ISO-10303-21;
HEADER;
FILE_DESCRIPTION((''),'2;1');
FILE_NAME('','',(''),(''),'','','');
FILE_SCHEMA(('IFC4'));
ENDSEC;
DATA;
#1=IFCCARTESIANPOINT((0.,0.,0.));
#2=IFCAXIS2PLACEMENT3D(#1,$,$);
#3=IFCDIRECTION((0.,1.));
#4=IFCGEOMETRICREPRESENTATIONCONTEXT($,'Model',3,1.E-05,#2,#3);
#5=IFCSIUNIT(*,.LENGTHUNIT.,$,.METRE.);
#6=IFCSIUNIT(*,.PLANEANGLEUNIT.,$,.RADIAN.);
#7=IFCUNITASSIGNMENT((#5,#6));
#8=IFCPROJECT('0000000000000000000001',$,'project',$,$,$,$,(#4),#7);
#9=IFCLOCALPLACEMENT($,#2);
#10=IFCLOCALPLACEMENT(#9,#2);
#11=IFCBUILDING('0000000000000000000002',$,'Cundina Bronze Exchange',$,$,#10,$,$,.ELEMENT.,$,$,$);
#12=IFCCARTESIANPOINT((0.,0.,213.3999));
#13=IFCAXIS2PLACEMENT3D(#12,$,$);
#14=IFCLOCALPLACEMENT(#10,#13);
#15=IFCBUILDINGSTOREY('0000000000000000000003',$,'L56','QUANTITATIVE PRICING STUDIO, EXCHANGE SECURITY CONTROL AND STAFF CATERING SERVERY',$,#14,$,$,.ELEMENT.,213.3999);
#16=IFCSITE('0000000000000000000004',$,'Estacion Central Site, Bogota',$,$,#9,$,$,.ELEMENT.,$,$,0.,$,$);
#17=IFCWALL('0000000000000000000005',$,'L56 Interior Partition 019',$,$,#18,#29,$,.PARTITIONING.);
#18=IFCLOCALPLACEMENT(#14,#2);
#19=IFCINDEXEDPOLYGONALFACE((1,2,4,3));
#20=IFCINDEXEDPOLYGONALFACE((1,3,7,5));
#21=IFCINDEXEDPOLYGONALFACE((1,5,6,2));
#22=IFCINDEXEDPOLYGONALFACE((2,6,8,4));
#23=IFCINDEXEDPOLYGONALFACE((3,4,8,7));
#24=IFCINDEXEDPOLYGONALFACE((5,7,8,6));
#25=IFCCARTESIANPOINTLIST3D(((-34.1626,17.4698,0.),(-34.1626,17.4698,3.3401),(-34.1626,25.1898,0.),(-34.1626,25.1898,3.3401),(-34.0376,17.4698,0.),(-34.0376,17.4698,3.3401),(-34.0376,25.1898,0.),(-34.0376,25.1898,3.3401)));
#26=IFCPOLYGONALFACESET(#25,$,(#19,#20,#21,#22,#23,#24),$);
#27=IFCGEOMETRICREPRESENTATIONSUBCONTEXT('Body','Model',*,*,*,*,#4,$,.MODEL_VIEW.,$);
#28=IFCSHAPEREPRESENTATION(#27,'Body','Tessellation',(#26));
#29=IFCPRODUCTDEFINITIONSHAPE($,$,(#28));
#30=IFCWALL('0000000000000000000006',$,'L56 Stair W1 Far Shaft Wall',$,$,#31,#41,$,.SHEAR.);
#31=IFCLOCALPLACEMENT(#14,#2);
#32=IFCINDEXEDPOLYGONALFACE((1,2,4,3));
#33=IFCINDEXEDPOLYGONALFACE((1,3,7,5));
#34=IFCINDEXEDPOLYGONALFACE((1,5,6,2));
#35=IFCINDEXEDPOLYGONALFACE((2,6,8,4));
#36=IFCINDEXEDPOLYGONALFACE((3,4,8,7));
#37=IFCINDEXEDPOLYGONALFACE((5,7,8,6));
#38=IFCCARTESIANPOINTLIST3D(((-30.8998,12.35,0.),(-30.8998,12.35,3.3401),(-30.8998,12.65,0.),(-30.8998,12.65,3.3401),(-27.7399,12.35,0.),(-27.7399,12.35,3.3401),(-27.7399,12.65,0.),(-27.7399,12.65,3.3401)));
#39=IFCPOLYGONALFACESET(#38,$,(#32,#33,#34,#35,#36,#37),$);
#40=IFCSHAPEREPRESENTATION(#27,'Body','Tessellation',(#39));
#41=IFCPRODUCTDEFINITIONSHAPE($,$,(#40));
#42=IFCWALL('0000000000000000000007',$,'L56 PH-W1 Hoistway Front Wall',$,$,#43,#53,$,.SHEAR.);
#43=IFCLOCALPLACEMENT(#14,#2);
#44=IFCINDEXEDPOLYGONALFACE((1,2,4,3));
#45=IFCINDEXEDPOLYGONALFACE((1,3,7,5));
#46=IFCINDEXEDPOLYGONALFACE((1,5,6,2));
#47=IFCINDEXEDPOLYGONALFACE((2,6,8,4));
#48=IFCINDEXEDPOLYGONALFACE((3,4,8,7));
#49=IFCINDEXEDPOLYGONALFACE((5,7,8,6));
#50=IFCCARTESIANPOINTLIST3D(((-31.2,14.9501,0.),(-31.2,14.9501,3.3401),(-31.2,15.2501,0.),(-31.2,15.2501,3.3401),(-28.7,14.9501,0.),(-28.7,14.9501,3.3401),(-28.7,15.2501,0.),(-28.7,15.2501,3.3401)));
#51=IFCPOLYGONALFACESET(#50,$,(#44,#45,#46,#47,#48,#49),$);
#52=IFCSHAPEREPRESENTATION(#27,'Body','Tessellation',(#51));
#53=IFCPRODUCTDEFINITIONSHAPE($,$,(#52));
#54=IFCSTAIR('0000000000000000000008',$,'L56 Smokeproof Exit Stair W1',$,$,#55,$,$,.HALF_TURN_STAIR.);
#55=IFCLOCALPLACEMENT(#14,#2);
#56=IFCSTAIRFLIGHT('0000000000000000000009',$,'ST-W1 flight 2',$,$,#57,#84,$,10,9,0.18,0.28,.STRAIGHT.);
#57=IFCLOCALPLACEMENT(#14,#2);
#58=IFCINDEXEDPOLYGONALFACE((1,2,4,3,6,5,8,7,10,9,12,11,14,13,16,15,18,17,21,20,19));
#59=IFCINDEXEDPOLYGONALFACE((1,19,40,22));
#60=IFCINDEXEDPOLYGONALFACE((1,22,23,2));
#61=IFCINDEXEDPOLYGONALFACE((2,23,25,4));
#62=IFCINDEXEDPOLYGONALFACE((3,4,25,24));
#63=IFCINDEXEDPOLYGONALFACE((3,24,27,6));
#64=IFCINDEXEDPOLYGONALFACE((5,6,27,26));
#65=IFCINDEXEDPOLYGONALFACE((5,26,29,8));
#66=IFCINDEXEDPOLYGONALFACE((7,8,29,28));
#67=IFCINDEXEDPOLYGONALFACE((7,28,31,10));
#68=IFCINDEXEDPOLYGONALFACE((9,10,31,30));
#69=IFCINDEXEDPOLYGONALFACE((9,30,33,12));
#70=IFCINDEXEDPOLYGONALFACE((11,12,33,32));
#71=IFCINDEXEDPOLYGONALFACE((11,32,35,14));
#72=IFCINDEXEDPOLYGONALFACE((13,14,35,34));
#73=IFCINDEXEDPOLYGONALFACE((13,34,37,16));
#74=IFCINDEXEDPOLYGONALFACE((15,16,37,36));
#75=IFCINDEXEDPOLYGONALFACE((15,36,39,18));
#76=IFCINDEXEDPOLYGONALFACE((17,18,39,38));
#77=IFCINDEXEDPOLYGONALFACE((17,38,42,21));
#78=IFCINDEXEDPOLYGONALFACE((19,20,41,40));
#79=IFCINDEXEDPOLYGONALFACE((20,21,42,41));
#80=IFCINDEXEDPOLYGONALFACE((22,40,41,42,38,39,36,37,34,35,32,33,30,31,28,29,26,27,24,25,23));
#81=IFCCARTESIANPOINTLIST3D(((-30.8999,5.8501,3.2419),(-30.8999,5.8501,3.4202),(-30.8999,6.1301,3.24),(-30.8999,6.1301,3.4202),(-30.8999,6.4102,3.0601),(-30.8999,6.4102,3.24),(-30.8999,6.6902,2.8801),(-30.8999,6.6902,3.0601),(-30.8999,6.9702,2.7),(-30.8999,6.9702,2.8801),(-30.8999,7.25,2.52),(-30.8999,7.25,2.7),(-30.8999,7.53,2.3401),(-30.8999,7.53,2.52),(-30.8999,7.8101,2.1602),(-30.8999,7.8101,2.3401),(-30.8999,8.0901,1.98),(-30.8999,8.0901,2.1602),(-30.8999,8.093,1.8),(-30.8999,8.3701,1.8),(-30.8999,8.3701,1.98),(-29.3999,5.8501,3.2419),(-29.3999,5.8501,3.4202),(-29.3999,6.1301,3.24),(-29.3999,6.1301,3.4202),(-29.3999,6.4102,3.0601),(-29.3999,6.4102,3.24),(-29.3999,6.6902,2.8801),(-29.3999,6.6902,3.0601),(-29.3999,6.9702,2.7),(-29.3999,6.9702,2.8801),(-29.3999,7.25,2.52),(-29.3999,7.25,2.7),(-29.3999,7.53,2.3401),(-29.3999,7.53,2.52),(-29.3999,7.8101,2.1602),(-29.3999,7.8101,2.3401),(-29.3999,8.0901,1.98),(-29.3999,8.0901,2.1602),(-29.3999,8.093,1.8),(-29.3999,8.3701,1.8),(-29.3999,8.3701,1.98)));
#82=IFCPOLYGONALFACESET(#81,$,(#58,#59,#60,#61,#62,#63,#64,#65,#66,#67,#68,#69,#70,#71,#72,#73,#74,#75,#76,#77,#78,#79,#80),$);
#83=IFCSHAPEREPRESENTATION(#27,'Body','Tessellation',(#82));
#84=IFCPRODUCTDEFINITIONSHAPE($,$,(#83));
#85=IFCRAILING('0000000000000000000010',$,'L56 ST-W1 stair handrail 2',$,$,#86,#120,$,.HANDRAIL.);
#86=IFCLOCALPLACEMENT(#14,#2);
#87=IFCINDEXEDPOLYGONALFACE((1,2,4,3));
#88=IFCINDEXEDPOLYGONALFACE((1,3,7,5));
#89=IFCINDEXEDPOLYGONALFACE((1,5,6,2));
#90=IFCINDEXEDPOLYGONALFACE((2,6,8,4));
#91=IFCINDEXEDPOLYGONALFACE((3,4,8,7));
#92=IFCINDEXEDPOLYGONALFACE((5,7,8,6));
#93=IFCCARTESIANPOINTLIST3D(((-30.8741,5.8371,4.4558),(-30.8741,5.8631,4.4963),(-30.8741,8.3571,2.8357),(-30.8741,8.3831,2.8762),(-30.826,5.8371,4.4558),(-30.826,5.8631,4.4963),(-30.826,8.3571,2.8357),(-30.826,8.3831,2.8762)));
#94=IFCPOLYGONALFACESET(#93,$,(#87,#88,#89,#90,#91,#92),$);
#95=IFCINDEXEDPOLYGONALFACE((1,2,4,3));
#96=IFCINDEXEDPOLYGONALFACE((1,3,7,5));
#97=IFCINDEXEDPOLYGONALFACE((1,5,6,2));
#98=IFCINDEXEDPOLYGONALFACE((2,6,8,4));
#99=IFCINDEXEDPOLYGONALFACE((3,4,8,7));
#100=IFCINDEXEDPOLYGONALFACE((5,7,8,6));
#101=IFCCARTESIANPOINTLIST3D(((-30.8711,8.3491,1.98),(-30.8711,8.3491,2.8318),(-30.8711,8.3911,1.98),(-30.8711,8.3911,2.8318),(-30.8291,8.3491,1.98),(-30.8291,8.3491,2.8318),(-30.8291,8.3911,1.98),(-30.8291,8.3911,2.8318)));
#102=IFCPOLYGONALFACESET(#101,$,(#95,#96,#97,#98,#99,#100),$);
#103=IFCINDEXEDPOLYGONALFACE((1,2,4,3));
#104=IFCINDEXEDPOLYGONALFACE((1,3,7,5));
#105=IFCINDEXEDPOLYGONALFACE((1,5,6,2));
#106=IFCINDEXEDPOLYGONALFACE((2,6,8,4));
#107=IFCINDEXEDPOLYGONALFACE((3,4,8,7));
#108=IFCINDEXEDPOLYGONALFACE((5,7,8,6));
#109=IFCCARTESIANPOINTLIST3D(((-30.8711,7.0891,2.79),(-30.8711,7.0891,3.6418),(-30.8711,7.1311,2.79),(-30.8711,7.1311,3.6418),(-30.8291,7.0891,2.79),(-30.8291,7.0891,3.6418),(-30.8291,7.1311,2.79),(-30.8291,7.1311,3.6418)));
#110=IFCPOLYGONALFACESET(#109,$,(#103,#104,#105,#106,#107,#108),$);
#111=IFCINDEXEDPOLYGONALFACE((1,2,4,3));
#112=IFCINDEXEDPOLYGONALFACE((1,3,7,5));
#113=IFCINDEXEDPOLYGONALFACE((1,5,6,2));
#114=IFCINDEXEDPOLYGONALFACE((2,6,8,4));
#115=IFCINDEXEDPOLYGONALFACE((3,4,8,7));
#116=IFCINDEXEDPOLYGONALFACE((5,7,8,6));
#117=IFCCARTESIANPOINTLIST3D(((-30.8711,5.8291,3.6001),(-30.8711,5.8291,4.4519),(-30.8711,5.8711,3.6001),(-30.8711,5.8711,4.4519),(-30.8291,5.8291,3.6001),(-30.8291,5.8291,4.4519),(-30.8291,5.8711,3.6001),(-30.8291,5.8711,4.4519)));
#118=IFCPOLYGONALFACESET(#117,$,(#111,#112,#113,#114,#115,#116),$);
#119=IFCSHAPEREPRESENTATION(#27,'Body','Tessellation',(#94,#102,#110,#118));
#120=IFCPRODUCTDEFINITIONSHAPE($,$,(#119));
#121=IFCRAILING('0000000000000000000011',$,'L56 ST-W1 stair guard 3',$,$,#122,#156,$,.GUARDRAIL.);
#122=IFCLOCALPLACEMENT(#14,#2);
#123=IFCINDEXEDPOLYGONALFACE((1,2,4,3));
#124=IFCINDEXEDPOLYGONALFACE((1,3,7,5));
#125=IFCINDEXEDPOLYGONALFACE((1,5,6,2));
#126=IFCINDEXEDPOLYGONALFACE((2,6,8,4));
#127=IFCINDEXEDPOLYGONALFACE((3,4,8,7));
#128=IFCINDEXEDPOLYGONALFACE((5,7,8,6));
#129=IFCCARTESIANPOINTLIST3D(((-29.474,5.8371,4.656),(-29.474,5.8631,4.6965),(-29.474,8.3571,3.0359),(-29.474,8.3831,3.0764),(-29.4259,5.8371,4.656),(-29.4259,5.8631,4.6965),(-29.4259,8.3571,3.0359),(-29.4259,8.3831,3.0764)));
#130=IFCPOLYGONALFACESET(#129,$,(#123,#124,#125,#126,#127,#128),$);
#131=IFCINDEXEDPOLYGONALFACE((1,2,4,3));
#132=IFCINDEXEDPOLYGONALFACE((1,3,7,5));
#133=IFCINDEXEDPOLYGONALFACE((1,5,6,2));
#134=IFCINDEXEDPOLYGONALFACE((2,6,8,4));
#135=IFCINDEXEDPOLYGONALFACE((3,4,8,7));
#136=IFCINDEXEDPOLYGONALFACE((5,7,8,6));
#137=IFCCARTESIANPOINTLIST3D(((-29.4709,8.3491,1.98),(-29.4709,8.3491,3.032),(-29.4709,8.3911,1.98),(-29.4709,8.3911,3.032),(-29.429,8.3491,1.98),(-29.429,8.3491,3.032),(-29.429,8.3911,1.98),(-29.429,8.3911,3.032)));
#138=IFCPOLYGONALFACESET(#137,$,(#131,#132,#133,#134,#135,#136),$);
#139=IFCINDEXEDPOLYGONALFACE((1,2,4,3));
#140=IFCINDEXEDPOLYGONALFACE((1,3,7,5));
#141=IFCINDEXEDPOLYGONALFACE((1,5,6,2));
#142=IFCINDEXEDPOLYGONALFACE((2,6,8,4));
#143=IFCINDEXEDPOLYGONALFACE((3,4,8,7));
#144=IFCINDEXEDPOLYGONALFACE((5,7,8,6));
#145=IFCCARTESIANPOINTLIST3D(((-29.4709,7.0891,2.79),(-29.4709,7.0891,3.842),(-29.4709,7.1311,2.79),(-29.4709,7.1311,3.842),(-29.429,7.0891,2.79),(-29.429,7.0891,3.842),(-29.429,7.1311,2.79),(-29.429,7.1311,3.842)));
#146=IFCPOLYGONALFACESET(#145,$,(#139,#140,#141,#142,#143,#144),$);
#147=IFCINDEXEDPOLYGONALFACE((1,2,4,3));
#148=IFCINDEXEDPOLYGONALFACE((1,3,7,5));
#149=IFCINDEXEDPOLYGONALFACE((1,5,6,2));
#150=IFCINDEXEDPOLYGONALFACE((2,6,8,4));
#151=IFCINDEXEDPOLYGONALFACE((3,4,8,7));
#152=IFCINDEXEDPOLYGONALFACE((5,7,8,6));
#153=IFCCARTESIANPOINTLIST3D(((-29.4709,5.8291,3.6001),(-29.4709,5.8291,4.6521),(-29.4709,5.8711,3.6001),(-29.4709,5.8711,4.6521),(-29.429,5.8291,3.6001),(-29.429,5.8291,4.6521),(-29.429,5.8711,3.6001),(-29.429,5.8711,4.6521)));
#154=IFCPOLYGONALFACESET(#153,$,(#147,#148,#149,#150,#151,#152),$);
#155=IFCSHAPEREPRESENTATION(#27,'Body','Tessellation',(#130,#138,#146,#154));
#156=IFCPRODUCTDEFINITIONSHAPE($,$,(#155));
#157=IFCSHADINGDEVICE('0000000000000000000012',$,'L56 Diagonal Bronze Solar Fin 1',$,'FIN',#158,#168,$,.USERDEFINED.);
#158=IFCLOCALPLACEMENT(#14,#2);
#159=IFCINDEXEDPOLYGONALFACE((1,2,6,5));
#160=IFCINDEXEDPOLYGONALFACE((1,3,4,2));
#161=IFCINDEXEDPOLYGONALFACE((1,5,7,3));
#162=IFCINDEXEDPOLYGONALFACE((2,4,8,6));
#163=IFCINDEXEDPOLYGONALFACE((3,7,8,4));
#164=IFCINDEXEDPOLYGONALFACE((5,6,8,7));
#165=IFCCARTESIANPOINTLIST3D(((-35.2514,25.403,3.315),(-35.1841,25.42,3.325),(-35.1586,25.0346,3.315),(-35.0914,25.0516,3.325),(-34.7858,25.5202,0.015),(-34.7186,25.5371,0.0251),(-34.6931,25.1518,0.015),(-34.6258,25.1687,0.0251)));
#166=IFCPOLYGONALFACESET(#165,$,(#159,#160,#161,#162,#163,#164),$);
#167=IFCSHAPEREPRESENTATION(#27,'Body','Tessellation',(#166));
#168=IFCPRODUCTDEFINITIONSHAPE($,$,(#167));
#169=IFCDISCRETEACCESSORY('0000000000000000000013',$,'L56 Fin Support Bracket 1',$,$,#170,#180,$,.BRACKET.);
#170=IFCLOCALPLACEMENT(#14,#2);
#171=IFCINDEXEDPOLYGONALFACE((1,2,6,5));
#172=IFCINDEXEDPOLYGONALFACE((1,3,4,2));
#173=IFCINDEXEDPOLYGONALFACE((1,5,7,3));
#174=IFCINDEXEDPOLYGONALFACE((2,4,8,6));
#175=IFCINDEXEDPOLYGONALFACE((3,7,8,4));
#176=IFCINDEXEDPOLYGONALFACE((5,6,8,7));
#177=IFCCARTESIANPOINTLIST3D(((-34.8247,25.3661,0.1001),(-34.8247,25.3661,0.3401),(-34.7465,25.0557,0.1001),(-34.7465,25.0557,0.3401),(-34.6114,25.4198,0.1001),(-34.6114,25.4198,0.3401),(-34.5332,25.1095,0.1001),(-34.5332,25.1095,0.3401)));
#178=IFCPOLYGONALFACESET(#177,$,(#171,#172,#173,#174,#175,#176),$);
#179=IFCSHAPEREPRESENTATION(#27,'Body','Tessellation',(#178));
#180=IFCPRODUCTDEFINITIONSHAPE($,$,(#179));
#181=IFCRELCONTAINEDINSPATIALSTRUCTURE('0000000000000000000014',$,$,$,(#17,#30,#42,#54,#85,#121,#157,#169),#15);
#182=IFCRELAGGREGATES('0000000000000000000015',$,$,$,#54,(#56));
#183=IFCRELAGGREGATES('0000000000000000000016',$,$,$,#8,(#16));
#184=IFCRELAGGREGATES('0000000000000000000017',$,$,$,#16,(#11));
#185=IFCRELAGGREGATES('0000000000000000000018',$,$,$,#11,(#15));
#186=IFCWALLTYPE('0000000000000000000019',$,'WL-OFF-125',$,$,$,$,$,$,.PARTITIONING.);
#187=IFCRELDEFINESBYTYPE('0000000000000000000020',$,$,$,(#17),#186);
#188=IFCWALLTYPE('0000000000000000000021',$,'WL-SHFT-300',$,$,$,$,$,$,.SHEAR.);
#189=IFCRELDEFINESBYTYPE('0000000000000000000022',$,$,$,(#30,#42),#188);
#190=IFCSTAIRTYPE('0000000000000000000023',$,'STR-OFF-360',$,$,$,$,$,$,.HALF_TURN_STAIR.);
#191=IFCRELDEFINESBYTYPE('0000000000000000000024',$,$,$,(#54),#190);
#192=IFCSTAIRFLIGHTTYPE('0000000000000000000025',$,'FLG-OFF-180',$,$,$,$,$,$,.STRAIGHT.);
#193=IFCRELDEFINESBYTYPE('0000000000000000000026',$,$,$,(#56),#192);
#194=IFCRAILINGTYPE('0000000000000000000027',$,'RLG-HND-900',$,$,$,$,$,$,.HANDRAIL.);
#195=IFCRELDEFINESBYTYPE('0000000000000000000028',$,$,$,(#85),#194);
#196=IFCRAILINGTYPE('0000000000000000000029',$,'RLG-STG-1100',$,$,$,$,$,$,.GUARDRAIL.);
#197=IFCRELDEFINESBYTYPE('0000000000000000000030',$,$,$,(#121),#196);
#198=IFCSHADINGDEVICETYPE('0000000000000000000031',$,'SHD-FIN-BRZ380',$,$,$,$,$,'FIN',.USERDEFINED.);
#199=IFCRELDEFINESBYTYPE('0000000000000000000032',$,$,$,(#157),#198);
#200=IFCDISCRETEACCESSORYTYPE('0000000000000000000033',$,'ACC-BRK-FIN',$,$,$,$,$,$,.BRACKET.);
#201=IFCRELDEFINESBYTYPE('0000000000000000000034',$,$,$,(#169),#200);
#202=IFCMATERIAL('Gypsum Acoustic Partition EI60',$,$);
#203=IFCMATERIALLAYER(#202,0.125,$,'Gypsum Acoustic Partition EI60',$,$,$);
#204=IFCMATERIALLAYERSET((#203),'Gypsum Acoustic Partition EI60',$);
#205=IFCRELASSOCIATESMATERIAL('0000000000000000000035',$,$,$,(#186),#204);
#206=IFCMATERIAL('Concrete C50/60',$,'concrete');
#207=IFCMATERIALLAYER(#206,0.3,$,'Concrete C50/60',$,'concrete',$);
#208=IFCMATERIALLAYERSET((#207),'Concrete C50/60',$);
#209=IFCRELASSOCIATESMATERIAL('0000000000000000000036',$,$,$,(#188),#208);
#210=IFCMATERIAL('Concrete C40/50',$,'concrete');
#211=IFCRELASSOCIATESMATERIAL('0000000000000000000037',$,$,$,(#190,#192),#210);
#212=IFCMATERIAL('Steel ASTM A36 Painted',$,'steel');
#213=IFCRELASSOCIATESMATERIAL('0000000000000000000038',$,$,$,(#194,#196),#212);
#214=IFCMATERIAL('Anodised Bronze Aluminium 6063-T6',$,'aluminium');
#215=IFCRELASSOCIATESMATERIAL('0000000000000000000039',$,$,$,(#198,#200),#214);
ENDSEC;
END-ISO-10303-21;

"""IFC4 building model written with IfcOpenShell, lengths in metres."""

from ifc_helpers import new_model, si_unit, direction, frame, frame_2d, origin, origin_2d, place, context, subcontext, project, spatial, polyline, rectangle, outline, extrude, material, layer, layer_set, material_profile, profile_set, type_object, element, aggregate, save


model = new_model("IFC4")

# Units and contexts
model_context = context("Model", 3, precision=1e-05, world=origin(), true_north=direction((0.0, 1.0)))
body_context = subcontext(model_context, "Body", "Model", "MODEL_VIEW")
ifc_project = project(units=[si_unit("LENGTHUNIT", "METRE"), si_unit("PLANEANGLEUNIT", "RADIAN")], contexts=[model_context])

# Site, building, storey
site_placement = place(None, origin())
site = spatial("IfcSite", under=ifc_project, at=site_placement, Name="Estacion Central Site, Bogota", CompositionType="ELEMENT", RefElevation=0.0)
building_placement = place(site_placement, origin())
building = spatial("IfcBuilding", under=site, at=building_placement, Name="Cundina Bronze Exchange", CompositionType="ELEMENT")
storey_placement = place(building_placement, frame((0.0, 0.0, 213.3999)))
storey = spatial("IfcBuildingStorey", under=building, at=storey_placement, Name="L56", Description="QUANTITATIVE PRICING STUDIO, EXCHANGE SECURITY CONTROL AND STAFF CATERING SERVERY", CompositionType="ELEMENT", Elevation=213.3999)

# Shared definitions
ifc_material_1 = material(Name="Concrete C50/60", Category="concrete")

# Shared definitions
ifc_material_2 = material(Name="Anodised Bronze Aluminium 6063-T6", Category="aluminium")

# Wall
ifc_material_3 = material(Name="Gypsum Acoustic Partition EI60")
ifc_layer_1 = layer(ifc_material_3, 0.125, Name="Gypsum Acoustic Partition EI60")
ifc_layer_set_1 = layer_set([ifc_layer_1], Name="Gypsum Acoustic Partition EI60")
wall_type_1 = type_object("IfcWallType", Name="WL-OFF-125", PredefinedType="PARTITIONING", material=ifc_layer_set_1)
wall_1_placement = place(storey_placement, frame((-34.1001, 17.47, 0.0), z_axis=(0.0, 0.0, 1.0), x_axis=(0.0, 1.0, 0.0)))
element("IfcWall", 1, at=wall_1_placement, inside=storey, type_object=wall_type_1, Name="L56 Interior Partition 019", PredefinedType="PARTITIONING", context=body_context, shape_type="SweptSolid", body=[
    extrude(rectangle(XDim=7.72, YDim=0.125, at=frame_2d((3.8599, 0.0))), origin(), (0.0, 0.0, 1.0), 3.3401),
])

# Shared definitions
ifc_layer_2 = layer(ifc_material_1, 0.3, Name="Concrete C50/60", Category="concrete")
ifc_layer_set_2 = layer_set([ifc_layer_2], Name="Concrete C50/60")
wall_type_2 = type_object("IfcWallType", Name="WL-SHFT-300", PredefinedType="SHEAR", material=ifc_layer_set_2)
ifc_material_4 = material(Name="Steel ASTM A36 Painted", Category="steel")

# Walls
wall_2_placement = place(storey_placement, frame((-30.8999, 12.5, 0.0), z_axis=(0.0, 0.0, 1.0), x_axis=(1.0, 0.0, 0.0)))
element("IfcWall", 2, at=wall_2_placement, inside=storey, type_object=wall_type_2, Name="L56 Stair W1 Far Shaft Wall", PredefinedType="SHEAR", context=body_context, shape_type="SweptSolid", body=[
    extrude(rectangle(XDim=3.1599, YDim=0.3, at=frame_2d((1.5801, 0.0))), origin(), (0.0, 0.0, 1.0), 3.3401),
])
wall_3_placement = place(storey_placement, frame((-31.2, 15.1001, 0.0), z_axis=(0.0, 0.0, 1.0), x_axis=(1.0, 0.0, 0.0)))
element("IfcWall", 3, at=wall_3_placement, inside=storey, type_object=wall_type_2, Name="L56 PH-W1 Hoistway Front Wall", PredefinedType="SHEAR", context=body_context, shape_type="SweptSolid", body=[
    extrude(rectangle(XDim=2.5, YDim=0.3, at=frame_2d((1.25, 0.0))), origin(), (0.0, 0.0, 1.0), 3.3401),
])

# Stair, stair flight
ifc_material_5 = material(Name="Concrete C40/50", Category="concrete")
stair_type = type_object("IfcStairType", Name="STR-OFF-360", PredefinedType="HALF_TURN_STAIR", material=ifc_material_5)
stair_placement = place(storey_placement, origin())
stair = element("IfcStair", 4, at=stair_placement, inside=storey, type_object=stair_type, Name="L56 Smokeproof Exit Stair W1", PredefinedType="HALF_TURN_STAIR")
stair_flight_type = type_object("IfcStairFlightType", Name="FLG-OFF-180", PredefinedType="STRAIGHT", material=ifc_material_5)
stair_flight_placement = place(storey_placement, frame((-30.1499, 8.3701, 1.8), z_axis=(0.0, 0.0, 1.0), x_axis=(0.0, -1.0, 0.0)))
stair_flight = element("IfcStairFlight", 5, at=stair_flight_placement, type_object=stair_flight_type, Name="ST-W1 flight 2", NumberOfRisers=10, NumberOfTreads=9, PredefinedType="STRAIGHT", RiserHeight=0.18, TreadLength=0.28, context=body_context, shape_type="SweptSolid", body=[
    extrude(outline(polyline([(0.0, 0.0), (0.0, 0.1799), (0.28, 0.1799), (0.28, 0.3601), (0.5601, 0.3601), (0.5601, 0.54), (0.8401, 0.54), (0.8401, 0.72), (1.1201, 0.72), (1.1201, 0.8999), (1.3999, 0.8999), (1.3999, 1.0801), (1.6799, 1.0801), (1.6799, 1.26), (1.96, 1.26), (1.96, 1.4399), (2.24, 1.4399), (2.24, 1.6201), (2.52, 1.6201), (2.52, 1.8), (2.52, 1.4419), (0.2771, 0.0), (0.0, 0.0)])), frame((0.0, 0.75, 0.0), z_axis=(0.0, -1.0, 0.0), x_axis=(1.0, 0.0, 0.0)), (0.0, 0.0, 1.0), 1.5),
])
aggregate(stair, [stair_flight])

# Railings
railing_type_1 = type_object("IfcRailingType", Name="RLG-HND-900", PredefinedType="HANDRAIL", material=ifc_material_4)
railing_1_placement = place(storey_placement, frame((-30.8501, 8.3701, 1.98)))
element("IfcRailing", 6, at=railing_1_placement, inside=storey, type_object=railing_type_1, Name="L56 ST-W1 stair handrail 2", PredefinedType="HANDRAIL", context=body_context, shape_type="SweptSolid", body=[
    extrude(rectangle(XDim=0.0481, YDim=0.0481, at=origin_2d()), frame((0.0, 0.0, 0.876), z_axis=(0.0, -0.841163, 0.540782), x_axis=(1.0, 0.0, 0.0)), (0.0, 0.0, 1.0), 2.9958),
    extrude(rectangle(XDim=0.042, YDim=0.042, at=origin_2d()), origin(), (0.0, 0.0, 1.0), 0.8518),
    extrude(rectangle(XDim=0.042, YDim=0.042, at=origin_2d()), frame((0.0, -1.26, 0.8101)), (0.0, 0.0, 1.0), 0.8518),
    extrude(rectangle(XDim=0.042, YDim=0.042, at=origin_2d()), frame((0.0, -2.52, 1.6201)), (0.0, 0.0, 1.0), 0.8518),
])
railing_type_2 = type_object("IfcRailingType", Name="RLG-STG-1100", PredefinedType="GUARDRAIL", material=ifc_material_4)
railing_2_placement = place(storey_placement, frame((-29.45, 8.3701, 1.98)))
element("IfcRailing", 7, at=railing_2_placement, inside=storey, type_object=railing_type_2, Name="L56 ST-W1 stair guard 3", PredefinedType="GUARDRAIL", context=body_context, shape_type="SweptSolid", body=[
    extrude(rectangle(XDim=0.0481, YDim=0.0481, at=origin_2d()), frame((0.0, 0.0, 1.0762), z_axis=(0.0, -0.841163, 0.540782), x_axis=(1.0, 0.0, 0.0)), (0.0, 0.0, 1.0), 2.9958),
    extrude(rectangle(XDim=0.042, YDim=0.042, at=origin_2d()), origin(), (0.0, 0.0, 1.0), 1.052),
    extrude(rectangle(XDim=0.042, YDim=0.042, at=origin_2d()), frame((0.0, -1.26, 0.8101)), (0.0, 0.0, 1.0), 1.052),
    extrude(rectangle(XDim=0.042, YDim=0.042, at=origin_2d()), frame((0.0, -2.52, 1.6201)), (0.0, 0.0, 1.0), 1.052),
])

# Shading device
ifc_material_profile_1 = material_profile(ifc_material_2, rectangle(XDim=0.0701, YDim=0.3799, at=origin_2d()), Name="FIN70X380", Category="aluminium")
ifc_profile_set_1 = profile_set([ifc_material_profile_1], Name="Anodised Bronze Aluminium 6063-T6")
shading_device_type = type_object("IfcShadingDeviceType", Name="SHD-FIN-BRZ380", ElementType="FIN", PredefinedType="USERDEFINED", material=ifc_profile_set_1)
shading_device_placement = place(storey_placement, frame((-34.7058, 25.3445, 0.02), z_axis=(-0.139612, -0.035141, 0.989583), x_axis=(0.95965, 0.241548, 0.143967)))
element("IfcShadingDevice", 8, at=shading_device_placement, inside=storey, type_object=shading_device_type, Name="L56 Diagonal Bronze Solar Fin 1", ObjectType="FIN", PredefinedType="USERDEFINED", context=body_context, shape_type="SweptSolid", body=[
    extrude(rectangle(XDim=0.0701, YDim=0.3799, at=origin_2d()), origin(), (0.0, 0.0, 1.0), 3.3347),
])

# Discrete accessory
discrete_accessory_type = type_object("IfcDiscreteAccessoryType", Name="ACC-BRK-FIN", PredefinedType="BRACKET", material=ifc_material_2)
discrete_accessory_placement = place(storey_placement, frame((-34.679, 25.2378, 0.1001), z_axis=(0.0, 0.0, 1.0), x_axis=(-0.969732, -0.244174, 0.0)))
element("IfcDiscreteAccessory", 9, at=discrete_accessory_placement, inside=storey, type_object=discrete_accessory_type, Name="L56 Fin Support Bracket 1", PredefinedType="BRACKET", context=body_context, shape_type="SweptSolid", body=[
    extrude(rectangle(XDim=0.22, YDim=0.3201, at=origin_2d()), origin(), (0.0, 0.0, 1.0), 0.24),
])

save(model, "model.ifc")
